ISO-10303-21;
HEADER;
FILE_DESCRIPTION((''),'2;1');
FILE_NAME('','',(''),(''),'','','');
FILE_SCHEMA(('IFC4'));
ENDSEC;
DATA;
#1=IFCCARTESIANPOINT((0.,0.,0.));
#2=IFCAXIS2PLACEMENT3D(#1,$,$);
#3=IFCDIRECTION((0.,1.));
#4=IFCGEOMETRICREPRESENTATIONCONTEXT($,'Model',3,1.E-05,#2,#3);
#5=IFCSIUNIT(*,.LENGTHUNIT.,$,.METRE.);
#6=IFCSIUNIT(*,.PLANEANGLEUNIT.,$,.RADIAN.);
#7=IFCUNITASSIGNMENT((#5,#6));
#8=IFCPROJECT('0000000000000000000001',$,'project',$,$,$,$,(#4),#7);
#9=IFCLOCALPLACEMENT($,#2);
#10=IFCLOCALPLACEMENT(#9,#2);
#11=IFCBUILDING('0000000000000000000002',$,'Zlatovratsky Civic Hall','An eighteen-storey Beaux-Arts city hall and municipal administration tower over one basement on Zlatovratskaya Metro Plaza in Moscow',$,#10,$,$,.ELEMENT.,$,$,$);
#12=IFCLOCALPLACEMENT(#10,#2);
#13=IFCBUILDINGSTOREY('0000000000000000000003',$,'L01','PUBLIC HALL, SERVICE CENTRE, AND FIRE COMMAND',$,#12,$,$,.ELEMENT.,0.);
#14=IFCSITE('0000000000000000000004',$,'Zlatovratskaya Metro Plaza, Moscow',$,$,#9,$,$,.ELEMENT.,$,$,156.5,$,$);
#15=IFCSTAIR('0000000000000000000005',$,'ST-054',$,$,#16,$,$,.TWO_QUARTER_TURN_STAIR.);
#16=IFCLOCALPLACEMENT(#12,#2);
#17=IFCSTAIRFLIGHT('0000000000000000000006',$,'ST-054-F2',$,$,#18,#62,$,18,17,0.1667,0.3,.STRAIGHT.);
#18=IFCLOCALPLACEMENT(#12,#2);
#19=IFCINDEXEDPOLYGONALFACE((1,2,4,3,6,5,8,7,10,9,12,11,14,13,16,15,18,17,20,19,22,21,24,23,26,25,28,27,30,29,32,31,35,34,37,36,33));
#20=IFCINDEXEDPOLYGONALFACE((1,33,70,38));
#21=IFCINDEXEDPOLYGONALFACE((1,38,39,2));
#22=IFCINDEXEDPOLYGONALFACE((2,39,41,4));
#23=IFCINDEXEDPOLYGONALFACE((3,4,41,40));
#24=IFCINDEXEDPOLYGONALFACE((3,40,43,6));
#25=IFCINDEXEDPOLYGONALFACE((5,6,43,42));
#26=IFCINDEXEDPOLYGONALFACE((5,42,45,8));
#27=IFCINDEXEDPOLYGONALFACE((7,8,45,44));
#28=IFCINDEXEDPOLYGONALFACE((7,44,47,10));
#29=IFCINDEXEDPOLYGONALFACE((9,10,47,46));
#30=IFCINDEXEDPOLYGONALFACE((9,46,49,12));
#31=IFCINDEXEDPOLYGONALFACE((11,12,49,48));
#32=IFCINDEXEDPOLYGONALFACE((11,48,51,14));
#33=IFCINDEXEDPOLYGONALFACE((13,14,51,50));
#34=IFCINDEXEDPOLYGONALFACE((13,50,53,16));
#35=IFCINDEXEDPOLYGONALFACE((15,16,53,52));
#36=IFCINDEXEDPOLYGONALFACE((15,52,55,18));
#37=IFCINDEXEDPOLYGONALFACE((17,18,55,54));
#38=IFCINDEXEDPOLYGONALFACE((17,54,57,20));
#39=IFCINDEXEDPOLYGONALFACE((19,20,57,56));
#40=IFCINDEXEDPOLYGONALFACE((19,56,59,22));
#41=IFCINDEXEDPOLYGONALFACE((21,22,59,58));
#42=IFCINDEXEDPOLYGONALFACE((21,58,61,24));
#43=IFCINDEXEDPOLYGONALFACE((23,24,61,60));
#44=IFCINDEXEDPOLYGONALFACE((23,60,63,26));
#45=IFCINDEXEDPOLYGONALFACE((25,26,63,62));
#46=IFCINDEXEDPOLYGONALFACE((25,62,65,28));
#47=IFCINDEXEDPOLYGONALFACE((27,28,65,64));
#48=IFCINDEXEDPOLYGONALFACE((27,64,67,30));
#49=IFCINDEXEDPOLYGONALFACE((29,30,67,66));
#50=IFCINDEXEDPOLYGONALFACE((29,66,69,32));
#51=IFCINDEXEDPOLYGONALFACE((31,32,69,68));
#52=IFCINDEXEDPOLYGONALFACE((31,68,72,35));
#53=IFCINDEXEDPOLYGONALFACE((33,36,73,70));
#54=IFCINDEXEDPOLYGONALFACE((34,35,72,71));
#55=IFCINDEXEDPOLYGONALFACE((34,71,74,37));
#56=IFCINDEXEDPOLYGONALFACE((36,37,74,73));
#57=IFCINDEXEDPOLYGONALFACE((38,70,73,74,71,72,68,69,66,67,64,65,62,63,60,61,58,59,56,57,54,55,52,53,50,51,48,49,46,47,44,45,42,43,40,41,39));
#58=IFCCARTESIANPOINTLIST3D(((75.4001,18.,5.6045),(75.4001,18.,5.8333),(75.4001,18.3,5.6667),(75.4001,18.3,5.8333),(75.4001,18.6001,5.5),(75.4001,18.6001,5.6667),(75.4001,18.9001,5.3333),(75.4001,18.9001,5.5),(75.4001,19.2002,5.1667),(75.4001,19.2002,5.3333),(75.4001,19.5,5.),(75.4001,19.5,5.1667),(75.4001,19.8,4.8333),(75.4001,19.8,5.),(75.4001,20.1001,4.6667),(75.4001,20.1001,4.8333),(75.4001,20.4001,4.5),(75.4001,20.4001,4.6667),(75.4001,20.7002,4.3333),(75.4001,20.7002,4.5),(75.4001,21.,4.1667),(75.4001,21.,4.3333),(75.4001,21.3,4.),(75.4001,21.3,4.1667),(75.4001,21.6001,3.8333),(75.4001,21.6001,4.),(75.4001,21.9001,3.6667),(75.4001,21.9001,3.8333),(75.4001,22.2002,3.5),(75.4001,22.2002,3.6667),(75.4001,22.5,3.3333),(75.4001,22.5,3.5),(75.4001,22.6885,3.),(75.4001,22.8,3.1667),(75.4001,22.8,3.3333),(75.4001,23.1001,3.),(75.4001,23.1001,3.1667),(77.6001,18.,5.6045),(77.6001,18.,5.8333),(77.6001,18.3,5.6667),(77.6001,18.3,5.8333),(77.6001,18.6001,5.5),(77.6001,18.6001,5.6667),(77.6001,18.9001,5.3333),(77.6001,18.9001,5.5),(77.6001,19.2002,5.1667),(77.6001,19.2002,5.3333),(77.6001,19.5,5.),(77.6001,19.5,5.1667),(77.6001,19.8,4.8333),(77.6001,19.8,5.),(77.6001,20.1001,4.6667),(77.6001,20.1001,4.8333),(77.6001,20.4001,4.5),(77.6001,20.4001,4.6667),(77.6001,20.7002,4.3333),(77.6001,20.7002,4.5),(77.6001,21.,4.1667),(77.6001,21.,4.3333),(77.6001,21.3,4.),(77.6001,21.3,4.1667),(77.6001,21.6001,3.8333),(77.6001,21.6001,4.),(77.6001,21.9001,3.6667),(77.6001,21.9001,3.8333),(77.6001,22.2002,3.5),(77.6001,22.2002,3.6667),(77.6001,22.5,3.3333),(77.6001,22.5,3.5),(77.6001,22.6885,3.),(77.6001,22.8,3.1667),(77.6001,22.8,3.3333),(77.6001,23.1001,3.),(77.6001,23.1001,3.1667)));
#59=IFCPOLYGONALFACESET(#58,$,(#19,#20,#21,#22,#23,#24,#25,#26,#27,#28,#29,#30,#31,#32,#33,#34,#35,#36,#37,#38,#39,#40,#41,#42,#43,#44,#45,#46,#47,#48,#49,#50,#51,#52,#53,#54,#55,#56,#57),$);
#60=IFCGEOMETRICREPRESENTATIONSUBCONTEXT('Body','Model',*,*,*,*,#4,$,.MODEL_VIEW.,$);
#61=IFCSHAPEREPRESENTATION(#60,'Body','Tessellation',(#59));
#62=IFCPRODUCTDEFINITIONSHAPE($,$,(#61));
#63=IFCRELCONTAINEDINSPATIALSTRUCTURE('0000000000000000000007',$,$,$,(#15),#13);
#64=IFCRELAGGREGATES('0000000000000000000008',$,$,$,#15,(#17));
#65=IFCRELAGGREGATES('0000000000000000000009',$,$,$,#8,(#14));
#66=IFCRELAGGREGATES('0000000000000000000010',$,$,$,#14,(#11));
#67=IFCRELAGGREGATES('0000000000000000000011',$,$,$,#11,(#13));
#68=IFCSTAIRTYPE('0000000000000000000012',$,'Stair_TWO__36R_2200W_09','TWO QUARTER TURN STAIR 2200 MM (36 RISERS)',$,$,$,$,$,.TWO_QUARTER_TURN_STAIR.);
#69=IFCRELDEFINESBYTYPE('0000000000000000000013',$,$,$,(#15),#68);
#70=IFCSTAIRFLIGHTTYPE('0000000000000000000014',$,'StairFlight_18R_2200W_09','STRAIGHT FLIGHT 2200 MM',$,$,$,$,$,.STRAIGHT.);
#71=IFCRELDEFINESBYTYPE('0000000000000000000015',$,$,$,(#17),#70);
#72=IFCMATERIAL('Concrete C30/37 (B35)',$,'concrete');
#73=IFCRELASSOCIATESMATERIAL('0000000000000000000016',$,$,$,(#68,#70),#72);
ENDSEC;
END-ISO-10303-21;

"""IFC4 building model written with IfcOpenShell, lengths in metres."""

from ifc_helpers import new_model, si_unit, direction, frame, origin, place, context, subcontext, project, spatial, polyline, outline, extrude, material, type_object, element, aggregate, save


model = new_model("IFC4")

# Units and contexts
model_context = context("Model", 3, precision=1e-05, world=origin(), true_north=direction((0.0, 1.0)))
body_context = subcontext(model_context, "Body", "Model", "MODEL_VIEW")
ifc_project = project(units=[si_unit("LENGTHUNIT", "METRE"), si_unit("PLANEANGLEUNIT", "RADIAN")], contexts=[model_context])

# Site, building, storey
site_placement = place(None, origin())
site = spatial("IfcSite", under=ifc_project, at=site_placement, Name="Zlatovratskaya Metro Plaza, Moscow", CompositionType="ELEMENT", RefElevation=156.5)
building_placement = place(site_placement, origin())
building = spatial("IfcBuilding", under=site, at=building_placement, Name="Zlatovratsky Civic Hall", Description="An eighteen-storey Beaux-Arts city hall and municipal administration tower over one basement on Zlatovratskaya Metro Plaza in Moscow", CompositionType="ELEMENT")
storey_placement = place(building_placement, origin())
storey = spatial("IfcBuildingStorey", under=building, at=storey_placement, Name="L01", Description="PUBLIC HALL, SERVICE CENTRE, AND FIRE COMMAND", CompositionType="ELEMENT", Elevation=0.0)

# Stair, stair flight
ifc_material_1 = material(Name="Concrete C30/37 (B35)", Category="concrete")
stair_type = type_object("IfcStairType", Name="Stair_TWO__36R_2200W_09", Description="TWO QUARTER TURN STAIR 2200 MM (36 RISERS)", PredefinedType="TWO_QUARTER_TURN_STAIR", material=ifc_material_1)
stair_placement = place(storey_placement, origin())
stair = element("IfcStair", 1, at=stair_placement, inside=storey, type_object=stair_type, Name="ST-054", PredefinedType="TWO_QUARTER_TURN_STAIR")
stair_flight_type = type_object("IfcStairFlightType", Name="StairFlight_18R_2200W_09", Description="STRAIGHT FLIGHT 2200 MM", PredefinedType="STRAIGHT", material=ifc_material_1)
stair_flight_1_placement = place(storey_placement, frame((76.5, 23.1001, 3.0), z_axis=(0.0, 0.0, 1.0), x_axis=(0.0, -1.0, 0.0)))
stair_flight_1 = element("IfcStairFlight", 2, at=stair_flight_1_placement, type_object=stair_flight_type, Name="ST-054-F2", NumberOfRisers=18, NumberOfTreads=17, PredefinedType="STRAIGHT", RiserHeight=0.1667, TreadLength=0.3, context=body_context, shape_type="SweptSolid", body=[
    extrude(outline(polyline([(0.0, 0.0), (0.0, 0.1667), (0.3, 0.1667), (0.3, 0.3333), (0.6001, 0.3333), (0.6001, 0.5), (0.8999, 0.5), (0.8999, 0.6667), (1.2, 0.6667), (1.2, 0.8333), (1.5, 0.8333), (1.5, 1.0), (1.8, 1.0), (1.8, 1.1667), (2.1001, 1.1667), (2.1001, 1.3333), (2.3999, 1.3333), (2.3999, 1.5), (2.7, 1.5), (2.7, 1.6667), (3.0, 1.6667), (3.0, 1.8333), (3.3, 1.8333), (3.3, 2.0), (3.6001, 2.0), (3.6001, 2.1667), (3.8999, 2.1667), (3.8999, 2.3333), (4.2, 2.3333), (4.2, 2.5), (4.5, 2.5), (4.5, 2.6667), (4.8, 2.6667), (4.8, 2.8333), (5.1001, 2.8333), (5.1001, 3.0), (5.1001, 2.6045), (0.4116, 0.0), (0.0, 0.0)])), frame((0.0, 1.1001, 0.0), z_axis=(0.0, -1.0, 0.0), x_axis=(1.0, 0.0, 0.0)), (0.0, 0.0, 1.0), 2.2),
])
aggregate(stair, [stair_flight_1])

save(model, "model.ifc")
